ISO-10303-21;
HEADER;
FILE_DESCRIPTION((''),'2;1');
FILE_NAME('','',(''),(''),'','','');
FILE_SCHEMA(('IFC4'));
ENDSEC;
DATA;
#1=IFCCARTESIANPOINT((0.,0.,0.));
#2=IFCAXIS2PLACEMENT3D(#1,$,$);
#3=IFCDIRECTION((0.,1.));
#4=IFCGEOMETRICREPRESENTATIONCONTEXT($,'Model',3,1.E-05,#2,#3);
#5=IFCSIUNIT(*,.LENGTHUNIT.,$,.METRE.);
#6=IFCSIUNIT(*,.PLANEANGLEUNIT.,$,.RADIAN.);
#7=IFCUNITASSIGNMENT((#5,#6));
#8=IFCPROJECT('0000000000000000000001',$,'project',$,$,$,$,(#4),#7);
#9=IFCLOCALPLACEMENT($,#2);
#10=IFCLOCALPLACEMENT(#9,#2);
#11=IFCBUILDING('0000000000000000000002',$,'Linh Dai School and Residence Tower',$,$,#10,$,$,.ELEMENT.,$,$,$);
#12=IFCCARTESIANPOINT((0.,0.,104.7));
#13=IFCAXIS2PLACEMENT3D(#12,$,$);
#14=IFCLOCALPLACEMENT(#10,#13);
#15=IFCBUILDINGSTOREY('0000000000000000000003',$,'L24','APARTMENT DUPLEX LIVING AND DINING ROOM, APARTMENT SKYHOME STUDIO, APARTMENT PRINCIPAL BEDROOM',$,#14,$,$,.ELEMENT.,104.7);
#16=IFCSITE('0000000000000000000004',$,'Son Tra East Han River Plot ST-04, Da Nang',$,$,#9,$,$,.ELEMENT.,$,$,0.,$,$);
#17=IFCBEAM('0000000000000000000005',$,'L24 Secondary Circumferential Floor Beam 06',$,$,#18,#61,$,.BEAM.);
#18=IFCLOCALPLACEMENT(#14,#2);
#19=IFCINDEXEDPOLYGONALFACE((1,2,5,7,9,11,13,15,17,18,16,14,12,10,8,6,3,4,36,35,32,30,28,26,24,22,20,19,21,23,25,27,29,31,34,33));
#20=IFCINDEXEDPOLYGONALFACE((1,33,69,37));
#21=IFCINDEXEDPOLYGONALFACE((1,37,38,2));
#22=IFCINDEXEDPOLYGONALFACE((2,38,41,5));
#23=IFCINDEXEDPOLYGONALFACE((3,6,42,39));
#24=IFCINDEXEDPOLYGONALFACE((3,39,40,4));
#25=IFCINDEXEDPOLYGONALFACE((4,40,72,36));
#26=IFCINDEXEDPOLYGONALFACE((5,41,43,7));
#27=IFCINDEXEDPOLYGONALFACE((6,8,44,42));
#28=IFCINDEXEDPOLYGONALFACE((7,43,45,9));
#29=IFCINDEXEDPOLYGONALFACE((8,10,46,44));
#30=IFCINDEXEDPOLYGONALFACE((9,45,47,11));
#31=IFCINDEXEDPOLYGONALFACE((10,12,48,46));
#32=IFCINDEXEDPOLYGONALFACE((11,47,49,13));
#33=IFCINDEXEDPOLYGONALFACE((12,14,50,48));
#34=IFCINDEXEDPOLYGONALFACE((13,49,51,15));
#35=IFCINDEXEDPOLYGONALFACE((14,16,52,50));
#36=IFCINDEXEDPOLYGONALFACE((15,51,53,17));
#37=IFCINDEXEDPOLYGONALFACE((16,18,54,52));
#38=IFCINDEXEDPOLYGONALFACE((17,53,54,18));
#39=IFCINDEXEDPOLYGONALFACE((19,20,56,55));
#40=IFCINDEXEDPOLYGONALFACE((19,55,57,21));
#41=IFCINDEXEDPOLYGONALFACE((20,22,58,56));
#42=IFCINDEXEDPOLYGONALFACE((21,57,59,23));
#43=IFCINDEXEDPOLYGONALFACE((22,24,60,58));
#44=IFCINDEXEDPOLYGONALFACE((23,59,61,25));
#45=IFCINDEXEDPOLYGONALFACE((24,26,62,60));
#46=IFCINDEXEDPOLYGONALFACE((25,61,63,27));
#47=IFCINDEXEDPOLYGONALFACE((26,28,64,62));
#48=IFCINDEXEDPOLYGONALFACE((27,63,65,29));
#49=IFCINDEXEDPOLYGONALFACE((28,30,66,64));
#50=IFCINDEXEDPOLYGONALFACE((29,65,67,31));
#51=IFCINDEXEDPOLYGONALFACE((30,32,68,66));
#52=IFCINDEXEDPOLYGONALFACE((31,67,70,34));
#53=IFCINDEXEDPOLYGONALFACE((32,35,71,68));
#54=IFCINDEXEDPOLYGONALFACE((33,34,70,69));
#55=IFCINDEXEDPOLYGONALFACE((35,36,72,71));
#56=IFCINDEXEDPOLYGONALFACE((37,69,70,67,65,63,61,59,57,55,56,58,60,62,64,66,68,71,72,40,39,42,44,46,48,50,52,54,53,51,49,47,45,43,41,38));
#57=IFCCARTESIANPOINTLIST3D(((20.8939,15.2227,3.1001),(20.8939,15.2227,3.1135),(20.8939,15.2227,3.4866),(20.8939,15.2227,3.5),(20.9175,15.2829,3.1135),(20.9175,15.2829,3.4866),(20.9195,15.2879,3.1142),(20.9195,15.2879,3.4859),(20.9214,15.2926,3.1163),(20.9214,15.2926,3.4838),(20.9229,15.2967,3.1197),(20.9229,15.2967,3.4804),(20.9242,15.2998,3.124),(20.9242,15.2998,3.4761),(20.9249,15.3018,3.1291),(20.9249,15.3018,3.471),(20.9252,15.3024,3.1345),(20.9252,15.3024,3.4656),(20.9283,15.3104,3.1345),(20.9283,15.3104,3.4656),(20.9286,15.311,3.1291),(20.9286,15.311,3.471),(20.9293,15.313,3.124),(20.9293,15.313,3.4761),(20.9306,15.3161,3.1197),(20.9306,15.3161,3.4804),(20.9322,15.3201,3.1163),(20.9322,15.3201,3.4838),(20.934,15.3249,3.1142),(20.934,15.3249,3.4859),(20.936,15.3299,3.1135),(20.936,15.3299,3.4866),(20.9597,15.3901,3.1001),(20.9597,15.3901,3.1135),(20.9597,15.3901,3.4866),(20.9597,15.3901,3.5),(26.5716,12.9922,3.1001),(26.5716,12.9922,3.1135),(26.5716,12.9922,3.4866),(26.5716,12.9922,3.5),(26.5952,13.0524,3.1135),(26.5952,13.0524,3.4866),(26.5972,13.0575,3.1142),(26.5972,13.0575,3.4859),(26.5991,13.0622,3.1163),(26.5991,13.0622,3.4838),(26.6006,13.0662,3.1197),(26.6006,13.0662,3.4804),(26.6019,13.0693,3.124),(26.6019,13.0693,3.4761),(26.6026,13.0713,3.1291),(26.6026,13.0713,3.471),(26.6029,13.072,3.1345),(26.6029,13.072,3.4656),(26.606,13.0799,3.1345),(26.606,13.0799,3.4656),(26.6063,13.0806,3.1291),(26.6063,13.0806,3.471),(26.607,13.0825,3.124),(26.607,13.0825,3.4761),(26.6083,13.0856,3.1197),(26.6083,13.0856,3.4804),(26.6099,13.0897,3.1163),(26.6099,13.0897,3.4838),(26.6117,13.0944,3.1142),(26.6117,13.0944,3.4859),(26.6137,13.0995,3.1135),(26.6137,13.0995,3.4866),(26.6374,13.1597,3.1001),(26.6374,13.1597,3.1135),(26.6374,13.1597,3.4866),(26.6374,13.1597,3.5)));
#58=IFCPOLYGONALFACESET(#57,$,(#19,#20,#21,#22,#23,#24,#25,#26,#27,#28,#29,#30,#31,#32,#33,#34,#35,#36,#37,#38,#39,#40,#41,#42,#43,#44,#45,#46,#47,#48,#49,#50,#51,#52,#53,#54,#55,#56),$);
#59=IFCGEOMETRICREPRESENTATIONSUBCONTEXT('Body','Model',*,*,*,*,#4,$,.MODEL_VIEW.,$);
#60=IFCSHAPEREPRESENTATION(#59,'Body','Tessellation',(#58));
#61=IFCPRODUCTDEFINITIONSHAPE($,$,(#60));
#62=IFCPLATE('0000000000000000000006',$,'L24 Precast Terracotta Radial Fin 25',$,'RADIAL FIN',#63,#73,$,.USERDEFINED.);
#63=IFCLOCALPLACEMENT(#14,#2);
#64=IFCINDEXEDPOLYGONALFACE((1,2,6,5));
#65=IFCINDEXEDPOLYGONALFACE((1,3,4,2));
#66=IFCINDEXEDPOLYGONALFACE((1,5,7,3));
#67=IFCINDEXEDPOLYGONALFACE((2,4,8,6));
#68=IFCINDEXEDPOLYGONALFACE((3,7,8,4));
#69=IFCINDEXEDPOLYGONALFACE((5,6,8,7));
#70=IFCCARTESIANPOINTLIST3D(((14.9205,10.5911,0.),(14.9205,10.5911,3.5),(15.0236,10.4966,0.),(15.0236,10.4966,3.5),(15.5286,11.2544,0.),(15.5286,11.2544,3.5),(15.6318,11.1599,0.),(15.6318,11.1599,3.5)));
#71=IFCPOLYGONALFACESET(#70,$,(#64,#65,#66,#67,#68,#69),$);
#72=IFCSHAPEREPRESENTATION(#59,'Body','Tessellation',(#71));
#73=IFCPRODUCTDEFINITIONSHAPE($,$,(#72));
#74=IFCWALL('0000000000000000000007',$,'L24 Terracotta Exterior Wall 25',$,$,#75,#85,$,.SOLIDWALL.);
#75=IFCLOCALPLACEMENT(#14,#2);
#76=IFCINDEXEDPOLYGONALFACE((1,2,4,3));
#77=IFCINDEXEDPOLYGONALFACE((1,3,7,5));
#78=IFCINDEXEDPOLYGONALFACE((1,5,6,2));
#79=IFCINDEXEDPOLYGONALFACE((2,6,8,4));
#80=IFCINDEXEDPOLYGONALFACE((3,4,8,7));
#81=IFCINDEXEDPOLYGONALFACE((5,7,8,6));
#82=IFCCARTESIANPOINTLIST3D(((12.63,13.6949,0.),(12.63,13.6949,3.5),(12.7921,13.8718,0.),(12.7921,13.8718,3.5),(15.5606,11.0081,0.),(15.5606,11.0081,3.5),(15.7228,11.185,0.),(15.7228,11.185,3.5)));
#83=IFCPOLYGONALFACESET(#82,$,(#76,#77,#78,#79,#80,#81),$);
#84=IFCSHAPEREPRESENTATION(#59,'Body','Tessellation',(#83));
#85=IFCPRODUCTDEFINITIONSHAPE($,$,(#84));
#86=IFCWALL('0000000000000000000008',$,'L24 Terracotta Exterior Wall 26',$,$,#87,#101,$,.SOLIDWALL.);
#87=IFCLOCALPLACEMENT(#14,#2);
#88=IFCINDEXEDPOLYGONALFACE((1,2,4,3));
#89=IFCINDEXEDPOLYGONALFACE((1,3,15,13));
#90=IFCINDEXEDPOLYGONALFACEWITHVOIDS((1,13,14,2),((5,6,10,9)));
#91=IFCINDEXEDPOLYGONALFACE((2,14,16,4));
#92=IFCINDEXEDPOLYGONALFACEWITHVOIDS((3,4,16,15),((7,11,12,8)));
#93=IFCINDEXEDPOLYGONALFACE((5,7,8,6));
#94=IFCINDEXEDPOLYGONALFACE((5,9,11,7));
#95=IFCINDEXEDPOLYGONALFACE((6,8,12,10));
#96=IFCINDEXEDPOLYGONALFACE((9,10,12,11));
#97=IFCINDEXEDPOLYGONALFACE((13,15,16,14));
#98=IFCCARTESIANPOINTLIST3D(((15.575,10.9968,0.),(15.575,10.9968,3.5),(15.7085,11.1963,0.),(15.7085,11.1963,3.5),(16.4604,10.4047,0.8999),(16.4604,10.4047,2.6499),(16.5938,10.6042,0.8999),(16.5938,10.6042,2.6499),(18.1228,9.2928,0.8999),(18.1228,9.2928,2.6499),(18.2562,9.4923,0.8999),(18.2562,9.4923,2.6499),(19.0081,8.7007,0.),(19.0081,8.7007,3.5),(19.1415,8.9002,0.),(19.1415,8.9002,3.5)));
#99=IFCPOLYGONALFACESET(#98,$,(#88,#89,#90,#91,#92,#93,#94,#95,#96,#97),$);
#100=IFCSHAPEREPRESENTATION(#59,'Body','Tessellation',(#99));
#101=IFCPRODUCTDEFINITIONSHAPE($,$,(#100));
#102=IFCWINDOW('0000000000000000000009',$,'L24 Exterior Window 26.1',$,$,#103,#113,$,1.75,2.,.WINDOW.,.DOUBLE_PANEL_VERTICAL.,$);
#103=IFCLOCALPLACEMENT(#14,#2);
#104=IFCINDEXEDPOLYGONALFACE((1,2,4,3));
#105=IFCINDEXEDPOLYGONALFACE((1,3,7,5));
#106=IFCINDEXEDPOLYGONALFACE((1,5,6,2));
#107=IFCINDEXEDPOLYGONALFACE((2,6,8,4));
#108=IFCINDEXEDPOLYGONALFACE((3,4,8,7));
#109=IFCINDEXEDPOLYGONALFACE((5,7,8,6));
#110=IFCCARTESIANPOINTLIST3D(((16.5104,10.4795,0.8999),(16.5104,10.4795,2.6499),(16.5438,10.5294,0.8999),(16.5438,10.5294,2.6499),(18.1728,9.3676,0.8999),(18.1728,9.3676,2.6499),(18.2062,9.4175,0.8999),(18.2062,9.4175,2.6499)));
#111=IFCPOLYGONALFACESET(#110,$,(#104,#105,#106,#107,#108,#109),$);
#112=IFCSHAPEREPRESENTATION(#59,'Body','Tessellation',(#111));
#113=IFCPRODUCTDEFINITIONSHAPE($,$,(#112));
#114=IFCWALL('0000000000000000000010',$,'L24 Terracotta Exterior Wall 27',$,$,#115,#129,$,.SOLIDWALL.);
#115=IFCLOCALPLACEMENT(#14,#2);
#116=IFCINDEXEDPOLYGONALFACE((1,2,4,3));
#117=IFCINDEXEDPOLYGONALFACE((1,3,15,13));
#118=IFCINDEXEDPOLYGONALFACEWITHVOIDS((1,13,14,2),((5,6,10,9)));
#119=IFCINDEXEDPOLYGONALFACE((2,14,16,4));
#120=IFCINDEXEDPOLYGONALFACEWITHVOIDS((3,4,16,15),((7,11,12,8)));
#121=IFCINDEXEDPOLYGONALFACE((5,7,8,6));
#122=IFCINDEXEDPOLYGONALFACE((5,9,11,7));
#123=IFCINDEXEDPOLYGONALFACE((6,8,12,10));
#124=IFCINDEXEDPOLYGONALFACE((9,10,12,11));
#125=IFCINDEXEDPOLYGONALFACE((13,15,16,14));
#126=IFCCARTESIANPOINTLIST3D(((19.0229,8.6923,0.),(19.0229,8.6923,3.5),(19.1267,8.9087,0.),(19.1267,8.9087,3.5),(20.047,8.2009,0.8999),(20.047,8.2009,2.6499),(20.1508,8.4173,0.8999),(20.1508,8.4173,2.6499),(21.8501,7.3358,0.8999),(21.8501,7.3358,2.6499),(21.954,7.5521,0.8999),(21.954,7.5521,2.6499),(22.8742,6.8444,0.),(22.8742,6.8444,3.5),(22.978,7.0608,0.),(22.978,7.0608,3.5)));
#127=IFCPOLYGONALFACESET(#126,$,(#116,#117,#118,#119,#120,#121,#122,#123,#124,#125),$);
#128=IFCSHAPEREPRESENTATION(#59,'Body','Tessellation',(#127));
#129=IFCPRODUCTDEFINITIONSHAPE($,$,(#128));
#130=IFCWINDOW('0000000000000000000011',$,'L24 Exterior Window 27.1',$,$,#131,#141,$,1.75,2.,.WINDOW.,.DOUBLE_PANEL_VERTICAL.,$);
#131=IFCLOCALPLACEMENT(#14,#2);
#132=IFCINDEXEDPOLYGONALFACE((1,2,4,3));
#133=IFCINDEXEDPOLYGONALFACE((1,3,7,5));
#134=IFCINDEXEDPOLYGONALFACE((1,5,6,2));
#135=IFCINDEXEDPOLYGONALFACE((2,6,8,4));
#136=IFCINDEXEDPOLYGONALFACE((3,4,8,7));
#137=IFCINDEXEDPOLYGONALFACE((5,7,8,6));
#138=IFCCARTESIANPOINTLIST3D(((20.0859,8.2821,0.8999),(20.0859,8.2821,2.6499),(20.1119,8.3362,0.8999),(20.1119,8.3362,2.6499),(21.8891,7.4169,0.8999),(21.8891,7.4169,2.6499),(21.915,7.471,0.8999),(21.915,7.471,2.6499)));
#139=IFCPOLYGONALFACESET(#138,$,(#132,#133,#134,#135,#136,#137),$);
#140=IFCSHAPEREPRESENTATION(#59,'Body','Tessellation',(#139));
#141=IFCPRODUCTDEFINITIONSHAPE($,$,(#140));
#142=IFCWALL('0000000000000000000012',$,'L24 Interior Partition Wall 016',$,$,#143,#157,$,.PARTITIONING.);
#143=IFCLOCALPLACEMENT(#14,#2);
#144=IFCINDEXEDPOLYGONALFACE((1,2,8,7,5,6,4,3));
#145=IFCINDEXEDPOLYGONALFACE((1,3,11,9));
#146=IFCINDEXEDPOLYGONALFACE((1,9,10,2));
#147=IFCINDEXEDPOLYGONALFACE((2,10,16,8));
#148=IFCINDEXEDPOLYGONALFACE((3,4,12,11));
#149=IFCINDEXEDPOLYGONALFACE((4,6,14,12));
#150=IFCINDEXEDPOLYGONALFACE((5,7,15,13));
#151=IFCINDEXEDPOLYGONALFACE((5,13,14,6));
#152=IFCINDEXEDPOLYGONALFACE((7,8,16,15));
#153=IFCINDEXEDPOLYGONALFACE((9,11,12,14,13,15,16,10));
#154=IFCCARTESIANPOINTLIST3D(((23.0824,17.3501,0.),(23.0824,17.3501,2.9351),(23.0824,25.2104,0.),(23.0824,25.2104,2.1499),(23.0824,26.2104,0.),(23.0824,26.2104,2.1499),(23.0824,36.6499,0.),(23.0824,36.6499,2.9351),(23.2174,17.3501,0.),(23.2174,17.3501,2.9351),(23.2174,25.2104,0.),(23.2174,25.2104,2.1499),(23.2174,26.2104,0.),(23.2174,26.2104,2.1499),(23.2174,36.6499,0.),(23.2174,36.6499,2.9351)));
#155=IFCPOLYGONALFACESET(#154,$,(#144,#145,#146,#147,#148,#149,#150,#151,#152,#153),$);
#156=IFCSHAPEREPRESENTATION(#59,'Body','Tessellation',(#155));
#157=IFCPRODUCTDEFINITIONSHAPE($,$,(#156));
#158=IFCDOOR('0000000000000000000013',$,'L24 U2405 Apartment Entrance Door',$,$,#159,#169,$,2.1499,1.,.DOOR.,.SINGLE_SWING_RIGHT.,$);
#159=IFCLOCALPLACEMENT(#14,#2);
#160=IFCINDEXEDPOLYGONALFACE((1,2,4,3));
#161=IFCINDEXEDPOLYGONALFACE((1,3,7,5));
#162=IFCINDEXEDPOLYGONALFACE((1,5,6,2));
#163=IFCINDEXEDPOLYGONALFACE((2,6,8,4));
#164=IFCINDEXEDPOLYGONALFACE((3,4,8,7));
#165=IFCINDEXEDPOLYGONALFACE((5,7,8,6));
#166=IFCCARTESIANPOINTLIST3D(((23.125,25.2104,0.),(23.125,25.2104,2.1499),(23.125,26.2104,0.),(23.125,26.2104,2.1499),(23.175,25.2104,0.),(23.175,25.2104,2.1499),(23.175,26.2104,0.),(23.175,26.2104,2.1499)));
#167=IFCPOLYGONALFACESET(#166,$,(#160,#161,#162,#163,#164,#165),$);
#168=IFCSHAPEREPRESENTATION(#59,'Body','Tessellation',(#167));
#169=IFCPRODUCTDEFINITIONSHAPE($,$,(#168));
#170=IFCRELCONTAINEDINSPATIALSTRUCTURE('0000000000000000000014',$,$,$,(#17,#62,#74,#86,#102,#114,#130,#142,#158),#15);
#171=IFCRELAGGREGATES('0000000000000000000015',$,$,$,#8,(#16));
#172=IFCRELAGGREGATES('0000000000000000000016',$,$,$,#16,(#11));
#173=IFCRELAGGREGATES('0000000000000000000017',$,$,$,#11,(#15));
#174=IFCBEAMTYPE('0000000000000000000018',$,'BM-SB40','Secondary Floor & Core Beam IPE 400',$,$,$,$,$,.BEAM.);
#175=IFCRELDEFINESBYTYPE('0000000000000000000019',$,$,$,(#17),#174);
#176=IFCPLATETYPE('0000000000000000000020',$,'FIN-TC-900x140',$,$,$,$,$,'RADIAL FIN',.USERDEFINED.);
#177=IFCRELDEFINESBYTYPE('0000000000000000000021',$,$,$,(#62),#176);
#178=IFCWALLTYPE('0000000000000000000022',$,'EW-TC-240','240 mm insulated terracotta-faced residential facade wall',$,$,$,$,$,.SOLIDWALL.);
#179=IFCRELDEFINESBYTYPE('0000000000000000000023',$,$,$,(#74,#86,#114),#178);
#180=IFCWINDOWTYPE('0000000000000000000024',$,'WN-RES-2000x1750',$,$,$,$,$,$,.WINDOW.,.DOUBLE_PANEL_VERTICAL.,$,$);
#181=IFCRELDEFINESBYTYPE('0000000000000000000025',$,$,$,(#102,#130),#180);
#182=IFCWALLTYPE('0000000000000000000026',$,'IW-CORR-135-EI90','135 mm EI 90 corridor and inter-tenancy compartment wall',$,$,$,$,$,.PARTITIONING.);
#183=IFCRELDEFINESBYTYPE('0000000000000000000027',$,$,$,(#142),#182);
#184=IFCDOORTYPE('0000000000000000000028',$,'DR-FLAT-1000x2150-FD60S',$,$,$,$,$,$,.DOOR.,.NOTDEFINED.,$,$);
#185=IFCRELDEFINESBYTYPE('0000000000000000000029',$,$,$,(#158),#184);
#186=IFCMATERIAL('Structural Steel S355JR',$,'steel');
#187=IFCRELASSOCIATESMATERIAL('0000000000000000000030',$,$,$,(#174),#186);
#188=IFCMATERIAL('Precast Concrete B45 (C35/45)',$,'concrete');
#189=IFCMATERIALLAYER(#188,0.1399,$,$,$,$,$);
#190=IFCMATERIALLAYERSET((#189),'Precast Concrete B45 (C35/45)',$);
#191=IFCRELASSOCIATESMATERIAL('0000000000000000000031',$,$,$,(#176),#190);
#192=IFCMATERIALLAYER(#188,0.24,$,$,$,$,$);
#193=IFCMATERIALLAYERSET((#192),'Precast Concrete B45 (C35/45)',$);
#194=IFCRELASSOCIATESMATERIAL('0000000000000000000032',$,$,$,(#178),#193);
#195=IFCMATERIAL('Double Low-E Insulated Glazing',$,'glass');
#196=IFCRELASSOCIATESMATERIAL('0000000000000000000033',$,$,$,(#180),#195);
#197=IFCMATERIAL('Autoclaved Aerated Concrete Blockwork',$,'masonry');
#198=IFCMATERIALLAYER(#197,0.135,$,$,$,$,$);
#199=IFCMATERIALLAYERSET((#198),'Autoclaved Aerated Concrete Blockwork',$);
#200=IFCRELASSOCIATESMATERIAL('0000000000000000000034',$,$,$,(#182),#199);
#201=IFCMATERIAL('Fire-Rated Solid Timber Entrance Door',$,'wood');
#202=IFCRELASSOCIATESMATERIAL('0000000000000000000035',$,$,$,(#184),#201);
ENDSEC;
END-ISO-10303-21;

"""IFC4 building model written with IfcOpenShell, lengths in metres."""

from ifc_helpers import new_model, si_unit, direction, frame, frame_2d, origin, origin_2d, place, context, subcontext, project, spatial, rectangle, i_section, extrude, source, transform, mapped, material, layer, layer_set, material_profile, profile_set, type_object, element, fill, save


model = new_model("IFC4")

# Units and contexts
model_context = context("Model", 3, precision=1e-05, world=origin(), true_north=direction((0.0, 1.0)))
body_context = subcontext(model_context, "Body", "Model", "MODEL_VIEW")
ifc_project = project(units=[si_unit("LENGTHUNIT", "METRE"), si_unit("PLANEANGLEUNIT", "RADIAN")], contexts=[model_context])

# Site, building, storey
site_placement = place(None, origin())
site = spatial("IfcSite", under=ifc_project, at=site_placement, Name="Son Tra East Han River Plot ST-04, Da Nang", CompositionType="ELEMENT", RefElevation=0.0)
building_placement = place(site_placement, origin())
building = spatial("IfcBuilding", under=site, at=building_placement, Name="Linh Dai School and Residence Tower", CompositionType="ELEMENT")
storey_placement = place(building_placement, frame((0.0, 0.0, 104.7)))
storey = spatial("IfcBuildingStorey", under=building, at=storey_placement, Name="L24", Description="APARTMENT DUPLEX LIVING AND DINING ROOM, APARTMENT SKYHOME STUDIO, APARTMENT PRINCIPAL BEDROOM", CompositionType="ELEMENT", Elevation=104.7)

# Shared definitions
ifc_material_1 = material(Name="Structural Steel S355JR", Category="steel")

# Beam
ifc_material_profile_1 = material_profile(ifc_material_1, i_section(OverallWidth=0.1799, OverallDepth=0.3999, WebThickness=0.0085, FlangeThickness=0.0134, FilletRadius=0.021, at=origin_2d()), Name="IPE 400")
ifc_profile_set_1 = profile_set([ifc_material_profile_1], Name="Structural Steel S355JR")
beam_type_1 = type_object("IfcBeamType", Name="BM-SB40", Description="Secondary Floor & Core Beam IPE 400", PredefinedType="BEAM", material=ifc_profile_set_1)
beam_1_placement = place(storey_placement, frame((20.9268, 15.3064, 3.3), z_axis=(0.930755, -0.365642, 0.0), x_axis=(0.365642, 0.930755, 0.0)))
element("IfcBeam", 1, at=beam_1_placement, inside=storey, type_object=beam_type_1, Name="L24 Secondary Circumferential Floor Beam 06", PredefinedType="BEAM", context=body_context, shape_type="SweptSolid", body=[
    extrude(i_section(OverallWidth=0.1799, OverallDepth=0.3999, WebThickness=0.0085, FlangeThickness=0.0134, FilletRadius=0.021, at=origin_2d()), origin(), (0.0, 0.0, 1.0), 6.1001),
])

# Plate
ifc_material_2 = material(Name="Precast Concrete B45 (C35/45)", Category="concrete")
ifc_layer_1 = layer(ifc_material_2, 0.1399)
ifc_layer_set_1 = layer_set([ifc_layer_1], Name="Precast Concrete B45 (C35/45)")
plate_type = type_object("IfcPlateType", Name="FIN-TC-900x140", ElementType="RADIAL FIN", PredefinedType="USERDEFINED", material=ifc_layer_set_1)
shared_shape_1 = source(origin(), body_context, "Body", "SweptSolid", [
    extrude(rectangle(XDim=0.8999, YDim=0.1399, at=origin_2d()), origin(), (0.0, 0.0, 1.0), 3.5),
])
plate_placement = place(storey_placement, frame((15.2761, 10.8755, 0.0), z_axis=(0.0, 0.0, 1.0), x_axis=(-0.675783, -0.7371, 0.0)))
element("IfcPlate", 2, at=plate_placement, inside=storey, type_object=plate_type, Name="L24 Precast Terracotta Radial Fin 25", ObjectType="RADIAL FIN", PredefinedType="USERDEFINED", context=body_context, shape_type="MappedRepresentation", body=[
    mapped(shared_shape_1, transform((0.0, 0.0, 0.0), x_axis=(1.0, 0.0, 0.0), y_axis=(0.0, 1.0, 0.0), z_axis=(0.0, 0.0, 1.0), scale=1.0)),
])

# Wall
ifc_layer_2 = layer(ifc_material_2, 0.24)
ifc_layer_set_2 = layer_set([ifc_layer_2], Name="Precast Concrete B45 (C35/45)")
wall_type_1 = type_object("IfcWallType", Name="EW-TC-240", Description="240 mm insulated terracotta-faced residential facade wall", PredefinedType="SOLIDWALL", material=ifc_layer_set_2)
wall_1_placement = place(storey_placement, frame((15.6416, 11.0967, 0.0), z_axis=(0.0, 0.0, 1.0), x_axis=(-0.737113, 0.675769, 0.0)))
element("IfcWall", 3, at=wall_1_placement, inside=storey, type_object=wall_type_1, Name="L24 Terracotta Exterior Wall 25", PredefinedType="SOLIDWALL", context=body_context, shape_type="SweptSolid", body=[
    extrude(rectangle(XDim=3.9758, YDim=0.24, at=frame_2d((1.9878, 0.0))), origin(), (0.0, 0.0, 1.0), 3.5),
])

# Walls, openings, windows
wall_2_placement = place(storey_placement, frame((19.0747, 8.8005, 0.0), z_axis=(0.0, 0.0, 1.0), x_axis=(-0.831222, 0.555941, 0.0)))
wall_2 = element("IfcWall", 4, at=wall_2_placement, inside=storey, type_object=wall_type_1, Name="L24 Terracotta Exterior Wall 26", PredefinedType="SOLIDWALL", context=body_context, shape_type="SweptSolid", body=[
    extrude(rectangle(XDim=4.1301, YDim=0.24, at=frame_2d((2.0649, 0.0))), origin(), (0.0, 0.0, 1.0), 3.5),
])
opening_1_placement = place(wall_2_placement, frame((1.0649, 0.0, 0.8999)))
opening_1 = element("IfcOpeningElement", 5, at=opening_1_placement, cuts=wall_2, PredefinedType="OPENING", context=body_context, shape_type="SweptSolid", body=[
    extrude(rectangle(XDim=2.0, YDim=1.75, at=origin_2d()), frame((1.0, 0.1299, 0.875), z_axis=(0.0, -1.0, 0.0), x_axis=(1.0, 0.0, 0.0)), (0.0, 0.0, 1.0), 0.26),
])
ifc_material_3 = material(Name="Double Low-E Insulated Glazing", Category="glass")
window_type = type_object("IfcWindowType", Name="WN-RES-2000x1750", PartitioningType="DOUBLE_PANEL_VERTICAL", PredefinedType="WINDOW", material=ifc_material_3)
shared_shape_2 = source(origin(), body_context, "Body", "SweptSolid", [
    extrude(rectangle(XDim=2.0, YDim=1.75, at=origin_2d()), frame((1.0, 0.03, 0.875), z_axis=(0.0, -1.0, 0.0), x_axis=(1.0, 0.0, 0.0)), (0.0, 0.0, 1.0), 0.0601),
])
window_1_placement = place(opening_1_placement, origin())
window_1 = element("IfcWindow", 6, at=window_1_placement, inside=storey, type_object=window_type, Name="L24 Exterior Window 26.1", OverallHeight=1.75, OverallWidth=2.0, PartitioningType="DOUBLE_PANEL_VERTICAL", PredefinedType="WINDOW", context=body_context, shape_type="MappedRepresentation", body=[
    mapped(shared_shape_2, transform((0.0, 0.0, 0.0), x_axis=(1.0, 0.0, 0.0), y_axis=(0.0, 1.0, 0.0), z_axis=(0.0, 0.0, 1.0), scale=1.0)),
])
fill(opening_1, window_1)
wall_3_placement = place(storey_placement, frame((22.926, 6.9526, 0.0), z_axis=(0.0, 0.0, 1.0), x_axis=(-0.90159, 0.432592, 0.0)))
wall_3 = element("IfcWall", 7, at=wall_3_placement, inside=storey, type_object=wall_type_1, Name="L24 Terracotta Exterior Wall 27", PredefinedType="SOLIDWALL", context=body_context, shape_type="SweptSolid", body=[
    extrude(rectangle(XDim=4.2717, YDim=0.24, at=frame_2d((2.1357, 0.0))), origin(), (0.0, 0.0, 1.0), 3.5),
])
opening_2_placement = place(wall_3_placement, frame((1.1357, 0.0, 0.8999)))
opening_2 = element("IfcOpeningElement", 8, at=opening_2_placement, cuts=wall_3, PredefinedType="OPENING", context=body_context, shape_type="SweptSolid", body=[
    extrude(rectangle(XDim=2.0, YDim=1.75, at=origin_2d()), frame((1.0, 0.1299, 0.875), z_axis=(0.0, -1.0, 0.0), x_axis=(1.0, 0.0, 0.0)), (0.0, 0.0, 1.0), 0.26),
])
window_2_placement = place(opening_2_placement, origin())
window_2 = element("IfcWindow", 9, at=window_2_placement, inside=storey, type_object=window_type, Name="L24 Exterior Window 27.1", OverallHeight=1.75, OverallWidth=2.0, PartitioningType="DOUBLE_PANEL_VERTICAL", PredefinedType="WINDOW", context=body_context, shape_type="MappedRepresentation", body=[
    mapped(shared_shape_2, transform((0.0, 0.0, 0.0), x_axis=(1.0, 0.0, 0.0), y_axis=(0.0, 1.0, 0.0), z_axis=(0.0, 0.0, 1.0), scale=1.0)),
])
fill(opening_2, window_2)

# Wall, opening, door
ifc_material_4 = material(Name="Autoclaved Aerated Concrete Blockwork", Category="masonry")
ifc_layer_3 = layer(ifc_material_4, 0.135)
ifc_layer_set_3 = layer_set([ifc_layer_3], Name="Autoclaved Aerated Concrete Blockwork")
wall_type_2 = type_object("IfcWallType", Name="IW-CORR-135-EI90", Description="135 mm EI 90 corridor and inter-tenancy compartment wall", PredefinedType="PARTITIONING", material=ifc_layer_set_3)
wall_4_placement = place(storey_placement, frame((23.1499, 17.3501, 0.0), z_axis=(0.0, 0.0, 1.0), x_axis=(0.0, 1.0, 0.0)))
wall_4 = element("IfcWall", 10, at=wall_4_placement, inside=storey, type_object=wall_type_2, Name="L24 Interior Partition Wall 016", PredefinedType="PARTITIONING", context=body_context, shape_type="SweptSolid", body=[
    extrude(rectangle(XDim=19.2998, YDim=0.135, at=frame_2d((9.6499, 0.0))), origin(), (0.0, 0.0, 1.0), 2.9351),
])
opening_3_placement = place(wall_4_placement, frame((7.8604, 0.0, 0.0)))
opening_3 = element("IfcOpeningElement", 11, at=opening_3_placement, cuts=wall_4, PredefinedType="OPENING", context=body_context, shape_type="SweptSolid", body=[
    extrude(rectangle(XDim=1.0, YDim=2.1499, at=origin_2d()), frame((0.5, 0.0776, 1.075), z_axis=(0.0, -1.0, 0.0), x_axis=(1.0, 0.0, 0.0)), (0.0, 0.0, 1.0), 0.155),
])
ifc_material_5 = material(Name="Fire-Rated Solid Timber Entrance Door", Category="wood")
door_type_1 = type_object("IfcDoorType", Name="DR-FLAT-1000x2150-FD60S", OperationType="NOTDEFINED", PredefinedType="DOOR", material=ifc_material_5)
shared_shape_3 = source(origin(), body_context, "Body", "SweptSolid", [
    extrude(rectangle(XDim=1.0, YDim=2.1499, at=origin_2d()), frame((0.5, 0.0249, 1.075), z_axis=(0.0, -1.0, 0.0), x_axis=(1.0, 0.0, 0.0)), (0.0, 0.0, 1.0), 0.05),
])
door_1_placement = place(opening_3_placement, origin())
door_1 = element("IfcDoor", 12, at=door_1_placement, inside=storey, type_object=door_type_1, Name="L24 U2405 Apartment Entrance Door", OperationType="SINGLE_SWING_RIGHT", OverallHeight=2.1499, OverallWidth=1.0, PredefinedType="DOOR", context=body_context, shape_type="MappedRepresentation", body=[
    mapped(shared_shape_3, transform((0.0, 0.0, 0.0), x_axis=(1.0, 0.0, 0.0), y_axis=(0.0, 1.0, 0.0), z_axis=(0.0, 0.0, 1.0), scale=1.0)),
])
fill(opening_3, door_1)

save(model, "model.ifc")
